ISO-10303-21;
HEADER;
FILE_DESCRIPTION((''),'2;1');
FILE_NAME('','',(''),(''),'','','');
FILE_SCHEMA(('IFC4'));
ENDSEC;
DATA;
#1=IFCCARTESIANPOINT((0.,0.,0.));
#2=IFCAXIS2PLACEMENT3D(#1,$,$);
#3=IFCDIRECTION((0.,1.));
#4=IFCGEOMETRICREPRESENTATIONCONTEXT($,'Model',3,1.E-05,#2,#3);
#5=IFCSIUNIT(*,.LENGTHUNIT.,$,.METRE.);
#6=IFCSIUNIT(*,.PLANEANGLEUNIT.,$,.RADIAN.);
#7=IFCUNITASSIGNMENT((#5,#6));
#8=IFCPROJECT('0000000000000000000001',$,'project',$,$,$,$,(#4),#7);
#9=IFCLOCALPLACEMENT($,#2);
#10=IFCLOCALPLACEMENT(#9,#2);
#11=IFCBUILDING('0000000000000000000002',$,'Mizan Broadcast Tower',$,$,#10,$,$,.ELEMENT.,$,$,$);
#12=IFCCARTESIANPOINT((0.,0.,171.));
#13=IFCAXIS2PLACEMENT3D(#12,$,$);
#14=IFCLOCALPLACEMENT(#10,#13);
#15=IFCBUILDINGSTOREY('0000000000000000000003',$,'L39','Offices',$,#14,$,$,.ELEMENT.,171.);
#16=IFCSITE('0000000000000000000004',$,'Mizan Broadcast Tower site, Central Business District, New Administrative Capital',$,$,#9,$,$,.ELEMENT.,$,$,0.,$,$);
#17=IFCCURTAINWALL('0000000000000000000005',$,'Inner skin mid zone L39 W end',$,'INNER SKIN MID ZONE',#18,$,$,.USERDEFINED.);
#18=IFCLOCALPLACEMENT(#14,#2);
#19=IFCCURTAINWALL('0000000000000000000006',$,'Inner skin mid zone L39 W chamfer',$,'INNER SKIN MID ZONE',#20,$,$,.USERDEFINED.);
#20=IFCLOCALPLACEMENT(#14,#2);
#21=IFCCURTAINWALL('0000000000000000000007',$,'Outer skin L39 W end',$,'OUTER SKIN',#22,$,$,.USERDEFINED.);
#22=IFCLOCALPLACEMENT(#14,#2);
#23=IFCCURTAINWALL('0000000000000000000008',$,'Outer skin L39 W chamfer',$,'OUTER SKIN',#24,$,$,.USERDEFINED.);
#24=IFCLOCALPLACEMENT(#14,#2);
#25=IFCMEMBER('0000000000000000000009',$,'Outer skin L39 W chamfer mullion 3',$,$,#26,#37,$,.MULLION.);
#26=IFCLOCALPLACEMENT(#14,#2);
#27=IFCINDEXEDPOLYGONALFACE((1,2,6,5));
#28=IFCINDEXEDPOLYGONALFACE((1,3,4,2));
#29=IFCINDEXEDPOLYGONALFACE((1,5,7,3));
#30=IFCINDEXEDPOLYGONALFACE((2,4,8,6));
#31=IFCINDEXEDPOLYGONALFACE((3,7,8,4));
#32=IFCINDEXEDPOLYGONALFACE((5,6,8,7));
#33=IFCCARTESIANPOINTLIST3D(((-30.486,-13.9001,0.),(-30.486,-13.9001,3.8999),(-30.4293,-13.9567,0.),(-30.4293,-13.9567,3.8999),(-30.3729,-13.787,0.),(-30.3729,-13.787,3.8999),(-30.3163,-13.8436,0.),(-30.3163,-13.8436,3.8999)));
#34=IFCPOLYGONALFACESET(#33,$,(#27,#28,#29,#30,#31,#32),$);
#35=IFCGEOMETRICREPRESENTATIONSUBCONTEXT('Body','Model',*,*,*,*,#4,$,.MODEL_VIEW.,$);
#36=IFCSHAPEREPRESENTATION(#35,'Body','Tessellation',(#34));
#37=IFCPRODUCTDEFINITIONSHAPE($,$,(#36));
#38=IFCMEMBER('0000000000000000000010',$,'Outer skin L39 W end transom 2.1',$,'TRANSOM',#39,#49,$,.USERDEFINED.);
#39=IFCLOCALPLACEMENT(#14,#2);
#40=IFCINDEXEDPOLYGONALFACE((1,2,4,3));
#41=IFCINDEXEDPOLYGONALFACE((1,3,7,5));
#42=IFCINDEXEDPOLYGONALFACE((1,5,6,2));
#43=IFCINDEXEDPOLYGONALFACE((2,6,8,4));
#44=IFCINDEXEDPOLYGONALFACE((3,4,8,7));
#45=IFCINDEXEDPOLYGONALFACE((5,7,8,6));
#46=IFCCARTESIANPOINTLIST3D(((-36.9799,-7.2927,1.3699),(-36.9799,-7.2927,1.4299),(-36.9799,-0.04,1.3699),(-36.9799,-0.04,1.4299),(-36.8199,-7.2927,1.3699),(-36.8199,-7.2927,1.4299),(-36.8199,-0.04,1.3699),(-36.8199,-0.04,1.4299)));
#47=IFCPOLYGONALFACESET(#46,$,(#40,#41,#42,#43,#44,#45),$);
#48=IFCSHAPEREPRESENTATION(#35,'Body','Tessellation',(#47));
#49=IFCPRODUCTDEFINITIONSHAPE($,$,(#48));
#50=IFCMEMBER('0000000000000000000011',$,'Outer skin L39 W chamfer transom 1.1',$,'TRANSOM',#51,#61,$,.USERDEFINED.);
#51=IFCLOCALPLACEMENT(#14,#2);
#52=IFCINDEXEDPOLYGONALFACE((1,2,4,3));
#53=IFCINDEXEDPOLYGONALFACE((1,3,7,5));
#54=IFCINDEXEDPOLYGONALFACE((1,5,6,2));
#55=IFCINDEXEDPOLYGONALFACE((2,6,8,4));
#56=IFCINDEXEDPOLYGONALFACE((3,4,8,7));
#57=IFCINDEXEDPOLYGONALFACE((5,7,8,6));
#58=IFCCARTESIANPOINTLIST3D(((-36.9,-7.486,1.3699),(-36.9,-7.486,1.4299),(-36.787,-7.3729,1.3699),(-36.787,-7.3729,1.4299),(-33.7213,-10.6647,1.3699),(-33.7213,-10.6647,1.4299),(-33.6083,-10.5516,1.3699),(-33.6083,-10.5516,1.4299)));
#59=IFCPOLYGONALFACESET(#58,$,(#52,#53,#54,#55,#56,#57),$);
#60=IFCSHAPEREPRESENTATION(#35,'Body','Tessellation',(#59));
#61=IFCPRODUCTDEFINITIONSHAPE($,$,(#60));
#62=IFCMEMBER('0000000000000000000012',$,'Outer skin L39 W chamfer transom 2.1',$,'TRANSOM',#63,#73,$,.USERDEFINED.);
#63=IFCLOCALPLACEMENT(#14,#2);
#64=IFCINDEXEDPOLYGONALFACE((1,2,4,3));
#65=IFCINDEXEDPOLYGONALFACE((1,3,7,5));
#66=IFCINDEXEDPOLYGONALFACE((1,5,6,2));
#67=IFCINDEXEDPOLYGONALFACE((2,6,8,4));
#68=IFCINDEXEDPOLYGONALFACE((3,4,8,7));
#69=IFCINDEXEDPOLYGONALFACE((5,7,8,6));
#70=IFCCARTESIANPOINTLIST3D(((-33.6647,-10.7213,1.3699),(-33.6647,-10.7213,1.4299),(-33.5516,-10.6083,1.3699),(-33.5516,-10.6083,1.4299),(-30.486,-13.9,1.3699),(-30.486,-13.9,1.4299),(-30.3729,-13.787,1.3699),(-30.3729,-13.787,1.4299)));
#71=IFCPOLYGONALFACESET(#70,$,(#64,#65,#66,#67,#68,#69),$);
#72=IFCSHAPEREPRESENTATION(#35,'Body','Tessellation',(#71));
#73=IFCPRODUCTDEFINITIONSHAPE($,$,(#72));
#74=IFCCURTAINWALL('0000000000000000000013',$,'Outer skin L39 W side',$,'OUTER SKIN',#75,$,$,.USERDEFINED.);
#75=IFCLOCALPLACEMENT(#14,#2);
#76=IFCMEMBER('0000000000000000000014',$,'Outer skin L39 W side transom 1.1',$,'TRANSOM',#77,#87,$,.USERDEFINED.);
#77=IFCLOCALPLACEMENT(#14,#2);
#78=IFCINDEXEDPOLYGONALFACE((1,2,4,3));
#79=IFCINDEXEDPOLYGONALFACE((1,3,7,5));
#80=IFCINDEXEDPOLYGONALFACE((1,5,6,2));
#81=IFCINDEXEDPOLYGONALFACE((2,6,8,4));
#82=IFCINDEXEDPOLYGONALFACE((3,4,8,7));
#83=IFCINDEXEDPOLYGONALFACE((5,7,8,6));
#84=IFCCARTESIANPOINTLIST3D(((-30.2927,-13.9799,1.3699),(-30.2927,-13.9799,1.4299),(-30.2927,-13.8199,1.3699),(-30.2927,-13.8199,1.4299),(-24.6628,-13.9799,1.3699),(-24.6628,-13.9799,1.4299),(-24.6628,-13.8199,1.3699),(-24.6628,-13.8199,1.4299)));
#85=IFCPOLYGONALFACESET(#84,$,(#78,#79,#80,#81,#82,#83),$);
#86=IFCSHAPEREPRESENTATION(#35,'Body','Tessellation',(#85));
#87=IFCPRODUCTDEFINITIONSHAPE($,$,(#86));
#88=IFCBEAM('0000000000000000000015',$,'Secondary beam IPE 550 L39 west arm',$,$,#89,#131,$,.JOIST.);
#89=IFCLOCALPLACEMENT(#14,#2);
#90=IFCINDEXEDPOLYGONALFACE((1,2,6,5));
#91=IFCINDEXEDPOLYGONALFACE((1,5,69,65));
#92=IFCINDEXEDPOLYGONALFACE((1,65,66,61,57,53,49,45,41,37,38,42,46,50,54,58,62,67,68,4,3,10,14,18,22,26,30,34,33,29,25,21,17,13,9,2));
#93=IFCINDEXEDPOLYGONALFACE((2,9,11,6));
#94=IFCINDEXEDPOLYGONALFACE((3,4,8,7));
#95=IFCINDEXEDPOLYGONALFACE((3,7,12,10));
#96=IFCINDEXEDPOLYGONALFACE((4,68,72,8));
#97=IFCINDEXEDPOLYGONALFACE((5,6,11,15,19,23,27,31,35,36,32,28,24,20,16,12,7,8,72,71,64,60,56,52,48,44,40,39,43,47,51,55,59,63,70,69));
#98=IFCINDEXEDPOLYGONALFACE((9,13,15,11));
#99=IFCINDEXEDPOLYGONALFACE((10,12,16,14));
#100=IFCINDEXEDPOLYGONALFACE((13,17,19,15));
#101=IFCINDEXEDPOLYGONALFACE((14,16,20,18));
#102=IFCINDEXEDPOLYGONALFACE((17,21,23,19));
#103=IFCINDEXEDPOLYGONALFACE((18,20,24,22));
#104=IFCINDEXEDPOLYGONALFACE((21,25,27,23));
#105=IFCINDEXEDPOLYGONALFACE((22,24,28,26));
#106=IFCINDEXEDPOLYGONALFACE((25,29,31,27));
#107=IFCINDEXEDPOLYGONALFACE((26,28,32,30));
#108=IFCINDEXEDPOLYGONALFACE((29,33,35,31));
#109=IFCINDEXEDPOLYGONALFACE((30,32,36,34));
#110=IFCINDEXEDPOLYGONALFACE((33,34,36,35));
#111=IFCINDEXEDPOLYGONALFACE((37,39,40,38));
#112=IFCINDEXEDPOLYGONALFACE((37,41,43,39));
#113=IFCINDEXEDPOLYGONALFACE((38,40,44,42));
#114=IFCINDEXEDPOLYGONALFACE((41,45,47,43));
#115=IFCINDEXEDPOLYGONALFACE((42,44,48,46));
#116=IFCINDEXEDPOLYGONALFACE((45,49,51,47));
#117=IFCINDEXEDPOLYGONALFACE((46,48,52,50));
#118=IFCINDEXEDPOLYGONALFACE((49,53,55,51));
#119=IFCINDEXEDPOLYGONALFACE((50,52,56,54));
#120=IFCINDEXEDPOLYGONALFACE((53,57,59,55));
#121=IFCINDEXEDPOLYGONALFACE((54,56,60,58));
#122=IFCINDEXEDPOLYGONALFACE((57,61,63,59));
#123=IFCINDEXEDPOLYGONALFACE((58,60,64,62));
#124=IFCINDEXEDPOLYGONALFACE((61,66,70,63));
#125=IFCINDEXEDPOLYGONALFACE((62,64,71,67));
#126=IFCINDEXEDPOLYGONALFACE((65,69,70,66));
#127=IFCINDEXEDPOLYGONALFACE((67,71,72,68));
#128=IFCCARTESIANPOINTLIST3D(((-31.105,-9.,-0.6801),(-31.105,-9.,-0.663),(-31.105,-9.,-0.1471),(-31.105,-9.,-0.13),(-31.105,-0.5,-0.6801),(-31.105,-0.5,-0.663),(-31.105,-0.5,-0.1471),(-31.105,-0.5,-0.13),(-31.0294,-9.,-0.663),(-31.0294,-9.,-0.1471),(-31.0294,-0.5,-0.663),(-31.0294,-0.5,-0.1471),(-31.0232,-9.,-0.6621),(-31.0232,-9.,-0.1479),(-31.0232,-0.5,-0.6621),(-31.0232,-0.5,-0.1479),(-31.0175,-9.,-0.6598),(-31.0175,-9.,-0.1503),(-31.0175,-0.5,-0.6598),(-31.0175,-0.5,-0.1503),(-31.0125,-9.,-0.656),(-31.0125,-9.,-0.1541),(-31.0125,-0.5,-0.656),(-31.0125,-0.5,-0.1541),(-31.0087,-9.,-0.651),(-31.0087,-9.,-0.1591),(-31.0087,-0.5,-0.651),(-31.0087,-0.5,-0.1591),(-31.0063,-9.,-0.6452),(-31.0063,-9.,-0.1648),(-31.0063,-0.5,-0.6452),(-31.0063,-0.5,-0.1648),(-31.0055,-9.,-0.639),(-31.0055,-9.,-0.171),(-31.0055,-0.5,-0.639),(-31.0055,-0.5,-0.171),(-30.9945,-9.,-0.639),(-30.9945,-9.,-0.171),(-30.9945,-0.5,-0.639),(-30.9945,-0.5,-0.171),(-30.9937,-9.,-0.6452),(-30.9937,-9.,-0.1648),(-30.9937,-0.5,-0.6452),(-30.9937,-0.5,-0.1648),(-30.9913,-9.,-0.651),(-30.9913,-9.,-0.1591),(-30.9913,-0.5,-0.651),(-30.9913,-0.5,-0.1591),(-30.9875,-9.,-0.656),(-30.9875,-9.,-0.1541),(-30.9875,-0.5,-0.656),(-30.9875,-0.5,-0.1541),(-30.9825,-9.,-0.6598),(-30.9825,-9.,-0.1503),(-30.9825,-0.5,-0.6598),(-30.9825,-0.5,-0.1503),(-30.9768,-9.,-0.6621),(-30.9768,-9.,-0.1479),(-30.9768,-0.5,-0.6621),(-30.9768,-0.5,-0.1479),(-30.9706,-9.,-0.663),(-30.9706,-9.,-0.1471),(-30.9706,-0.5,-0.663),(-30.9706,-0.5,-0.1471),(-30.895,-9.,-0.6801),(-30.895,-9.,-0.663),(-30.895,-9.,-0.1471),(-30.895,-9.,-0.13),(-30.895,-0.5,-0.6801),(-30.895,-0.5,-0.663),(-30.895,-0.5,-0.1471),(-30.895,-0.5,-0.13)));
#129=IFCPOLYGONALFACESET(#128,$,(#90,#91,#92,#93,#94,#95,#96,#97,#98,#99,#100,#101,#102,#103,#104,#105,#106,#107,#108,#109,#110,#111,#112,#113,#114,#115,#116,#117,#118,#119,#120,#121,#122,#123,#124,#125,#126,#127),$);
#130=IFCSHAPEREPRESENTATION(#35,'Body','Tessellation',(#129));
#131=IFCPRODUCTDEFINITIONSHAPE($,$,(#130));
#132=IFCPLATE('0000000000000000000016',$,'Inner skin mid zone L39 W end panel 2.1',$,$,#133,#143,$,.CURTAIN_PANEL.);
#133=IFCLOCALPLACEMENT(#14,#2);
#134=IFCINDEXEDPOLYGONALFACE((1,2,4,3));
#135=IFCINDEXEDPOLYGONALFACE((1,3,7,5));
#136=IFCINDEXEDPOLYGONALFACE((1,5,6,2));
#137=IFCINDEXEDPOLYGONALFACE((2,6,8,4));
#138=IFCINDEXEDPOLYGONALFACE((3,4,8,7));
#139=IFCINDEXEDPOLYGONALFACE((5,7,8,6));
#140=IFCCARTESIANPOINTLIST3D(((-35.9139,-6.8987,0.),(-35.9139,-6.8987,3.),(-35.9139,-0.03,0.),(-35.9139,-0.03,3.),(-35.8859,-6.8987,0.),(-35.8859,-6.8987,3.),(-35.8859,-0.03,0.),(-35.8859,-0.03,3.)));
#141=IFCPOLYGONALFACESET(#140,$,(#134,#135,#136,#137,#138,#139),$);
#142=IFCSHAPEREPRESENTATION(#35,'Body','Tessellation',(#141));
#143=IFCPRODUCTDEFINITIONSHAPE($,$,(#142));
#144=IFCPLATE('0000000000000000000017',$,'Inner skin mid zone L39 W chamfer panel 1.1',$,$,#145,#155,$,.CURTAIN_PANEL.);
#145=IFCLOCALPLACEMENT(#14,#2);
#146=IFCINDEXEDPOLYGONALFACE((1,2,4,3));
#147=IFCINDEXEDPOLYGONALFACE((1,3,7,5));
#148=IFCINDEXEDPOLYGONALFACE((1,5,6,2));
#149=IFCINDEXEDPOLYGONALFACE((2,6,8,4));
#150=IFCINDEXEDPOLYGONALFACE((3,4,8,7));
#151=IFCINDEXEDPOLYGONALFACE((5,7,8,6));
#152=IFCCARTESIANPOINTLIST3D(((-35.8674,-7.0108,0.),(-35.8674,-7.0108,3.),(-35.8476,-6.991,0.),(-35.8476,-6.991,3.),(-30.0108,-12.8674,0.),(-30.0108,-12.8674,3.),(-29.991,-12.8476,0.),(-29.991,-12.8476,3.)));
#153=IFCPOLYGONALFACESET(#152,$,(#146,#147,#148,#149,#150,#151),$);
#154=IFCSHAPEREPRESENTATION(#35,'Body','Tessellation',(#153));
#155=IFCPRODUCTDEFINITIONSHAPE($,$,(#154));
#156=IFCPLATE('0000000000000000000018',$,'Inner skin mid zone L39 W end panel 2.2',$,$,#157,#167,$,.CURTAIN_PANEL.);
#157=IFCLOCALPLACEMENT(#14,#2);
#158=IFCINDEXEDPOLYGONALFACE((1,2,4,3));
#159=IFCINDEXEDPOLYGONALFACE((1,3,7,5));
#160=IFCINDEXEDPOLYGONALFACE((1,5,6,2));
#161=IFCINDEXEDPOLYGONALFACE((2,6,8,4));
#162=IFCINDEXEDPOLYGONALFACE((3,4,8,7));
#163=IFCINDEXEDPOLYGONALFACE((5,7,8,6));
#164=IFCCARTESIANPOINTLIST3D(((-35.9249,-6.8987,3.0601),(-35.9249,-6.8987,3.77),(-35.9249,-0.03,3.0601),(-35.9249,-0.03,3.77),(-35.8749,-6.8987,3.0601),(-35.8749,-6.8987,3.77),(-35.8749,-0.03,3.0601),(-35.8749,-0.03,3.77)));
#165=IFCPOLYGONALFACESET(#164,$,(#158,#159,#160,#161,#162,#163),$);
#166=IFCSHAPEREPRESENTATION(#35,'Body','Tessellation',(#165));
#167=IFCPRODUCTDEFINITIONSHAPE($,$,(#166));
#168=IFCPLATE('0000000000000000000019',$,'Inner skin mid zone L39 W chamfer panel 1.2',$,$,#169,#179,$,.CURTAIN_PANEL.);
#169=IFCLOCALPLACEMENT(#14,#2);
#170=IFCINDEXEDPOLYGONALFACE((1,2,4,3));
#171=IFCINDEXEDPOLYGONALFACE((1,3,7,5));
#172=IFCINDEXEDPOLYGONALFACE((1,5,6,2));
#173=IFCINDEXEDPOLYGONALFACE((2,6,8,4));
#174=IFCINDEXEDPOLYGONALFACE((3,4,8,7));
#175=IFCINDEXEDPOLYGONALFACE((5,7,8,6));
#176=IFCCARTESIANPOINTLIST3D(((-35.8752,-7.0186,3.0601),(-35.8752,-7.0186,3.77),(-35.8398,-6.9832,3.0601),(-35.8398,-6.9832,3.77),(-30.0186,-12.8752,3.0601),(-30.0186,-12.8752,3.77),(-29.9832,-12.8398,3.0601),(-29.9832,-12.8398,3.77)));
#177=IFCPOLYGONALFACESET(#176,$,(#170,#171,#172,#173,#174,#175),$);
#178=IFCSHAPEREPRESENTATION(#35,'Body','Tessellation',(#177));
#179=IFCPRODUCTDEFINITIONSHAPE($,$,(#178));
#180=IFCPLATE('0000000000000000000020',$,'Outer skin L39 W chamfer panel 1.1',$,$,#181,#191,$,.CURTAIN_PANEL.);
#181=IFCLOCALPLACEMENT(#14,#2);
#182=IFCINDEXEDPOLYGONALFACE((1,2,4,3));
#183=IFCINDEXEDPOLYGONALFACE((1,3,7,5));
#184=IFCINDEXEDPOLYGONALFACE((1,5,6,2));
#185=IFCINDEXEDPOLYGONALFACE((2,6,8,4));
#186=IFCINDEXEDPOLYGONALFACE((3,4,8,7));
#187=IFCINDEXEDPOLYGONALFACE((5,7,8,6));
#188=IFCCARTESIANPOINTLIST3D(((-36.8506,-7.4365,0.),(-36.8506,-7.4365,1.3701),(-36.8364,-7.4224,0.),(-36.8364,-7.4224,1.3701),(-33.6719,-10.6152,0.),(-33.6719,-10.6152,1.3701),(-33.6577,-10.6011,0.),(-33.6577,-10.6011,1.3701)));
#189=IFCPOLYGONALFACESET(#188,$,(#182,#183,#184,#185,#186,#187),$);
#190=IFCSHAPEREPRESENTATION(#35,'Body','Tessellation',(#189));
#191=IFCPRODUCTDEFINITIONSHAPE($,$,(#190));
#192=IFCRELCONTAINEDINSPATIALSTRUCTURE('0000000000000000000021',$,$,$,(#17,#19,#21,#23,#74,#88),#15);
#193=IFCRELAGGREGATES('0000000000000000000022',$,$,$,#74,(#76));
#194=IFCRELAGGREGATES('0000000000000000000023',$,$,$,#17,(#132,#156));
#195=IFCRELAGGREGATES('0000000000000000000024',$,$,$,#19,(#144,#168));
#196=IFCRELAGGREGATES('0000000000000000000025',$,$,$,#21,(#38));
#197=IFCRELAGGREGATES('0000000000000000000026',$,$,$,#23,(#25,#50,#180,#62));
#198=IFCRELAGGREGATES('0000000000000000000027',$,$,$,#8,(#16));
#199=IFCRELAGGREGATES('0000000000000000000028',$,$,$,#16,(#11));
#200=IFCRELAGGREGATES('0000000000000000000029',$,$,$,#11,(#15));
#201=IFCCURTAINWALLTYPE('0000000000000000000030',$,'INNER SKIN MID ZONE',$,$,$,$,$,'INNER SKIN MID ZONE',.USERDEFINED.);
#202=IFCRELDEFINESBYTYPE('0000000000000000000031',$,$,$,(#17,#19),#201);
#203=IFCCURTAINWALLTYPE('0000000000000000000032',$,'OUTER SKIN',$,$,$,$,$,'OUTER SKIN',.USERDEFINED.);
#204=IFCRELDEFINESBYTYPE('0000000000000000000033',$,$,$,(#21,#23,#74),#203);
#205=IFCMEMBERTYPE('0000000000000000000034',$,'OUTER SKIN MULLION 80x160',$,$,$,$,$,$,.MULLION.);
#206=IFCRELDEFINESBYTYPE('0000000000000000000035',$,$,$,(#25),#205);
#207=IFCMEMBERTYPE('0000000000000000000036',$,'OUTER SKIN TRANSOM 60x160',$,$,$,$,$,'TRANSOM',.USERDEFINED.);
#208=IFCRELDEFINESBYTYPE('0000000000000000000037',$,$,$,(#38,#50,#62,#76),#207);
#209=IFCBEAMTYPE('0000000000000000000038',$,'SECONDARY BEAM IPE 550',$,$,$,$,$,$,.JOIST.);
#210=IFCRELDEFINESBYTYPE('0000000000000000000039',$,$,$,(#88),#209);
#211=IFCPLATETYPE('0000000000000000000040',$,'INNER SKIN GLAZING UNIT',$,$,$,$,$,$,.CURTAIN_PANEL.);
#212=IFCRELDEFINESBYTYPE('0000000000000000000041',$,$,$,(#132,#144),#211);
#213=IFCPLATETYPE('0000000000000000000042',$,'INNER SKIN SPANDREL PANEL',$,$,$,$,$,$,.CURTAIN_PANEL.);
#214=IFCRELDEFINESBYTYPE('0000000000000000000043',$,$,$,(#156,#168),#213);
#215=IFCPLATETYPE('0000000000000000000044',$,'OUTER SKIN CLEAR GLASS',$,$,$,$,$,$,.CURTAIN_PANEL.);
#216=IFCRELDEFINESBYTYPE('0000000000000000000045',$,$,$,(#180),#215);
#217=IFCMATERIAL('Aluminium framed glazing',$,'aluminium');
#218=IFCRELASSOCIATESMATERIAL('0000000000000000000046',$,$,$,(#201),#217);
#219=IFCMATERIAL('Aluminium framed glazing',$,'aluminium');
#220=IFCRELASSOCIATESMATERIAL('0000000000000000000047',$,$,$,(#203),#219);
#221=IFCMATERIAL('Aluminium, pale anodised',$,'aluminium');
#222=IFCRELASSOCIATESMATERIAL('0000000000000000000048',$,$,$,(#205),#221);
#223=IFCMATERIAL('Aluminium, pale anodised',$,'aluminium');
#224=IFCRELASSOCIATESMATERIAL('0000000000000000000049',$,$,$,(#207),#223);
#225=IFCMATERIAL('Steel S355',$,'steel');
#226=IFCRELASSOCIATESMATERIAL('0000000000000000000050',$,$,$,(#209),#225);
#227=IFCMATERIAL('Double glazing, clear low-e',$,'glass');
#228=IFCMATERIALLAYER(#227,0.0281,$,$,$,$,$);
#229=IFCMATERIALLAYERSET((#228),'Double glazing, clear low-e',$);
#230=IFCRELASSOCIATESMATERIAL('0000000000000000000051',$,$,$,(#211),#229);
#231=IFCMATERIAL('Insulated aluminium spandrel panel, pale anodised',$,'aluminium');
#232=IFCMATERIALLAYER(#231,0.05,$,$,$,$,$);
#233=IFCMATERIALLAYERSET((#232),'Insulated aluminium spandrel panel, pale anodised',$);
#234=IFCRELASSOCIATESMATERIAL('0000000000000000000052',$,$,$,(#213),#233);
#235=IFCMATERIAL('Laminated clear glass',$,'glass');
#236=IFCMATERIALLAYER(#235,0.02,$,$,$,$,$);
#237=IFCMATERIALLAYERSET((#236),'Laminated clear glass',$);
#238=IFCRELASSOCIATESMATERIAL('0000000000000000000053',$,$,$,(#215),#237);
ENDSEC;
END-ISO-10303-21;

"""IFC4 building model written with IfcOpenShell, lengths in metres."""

from ifc_helpers import new_model, si_unit, direction, frame, origin, origin_2d, place, context, subcontext, project, spatial, rectangle, i_section, extrude, material, layer, layer_set, material_profile, profile_set, type_object, element, aggregate, save


model = new_model("IFC4")

# Units and contexts
model_context = context("Model", 3, precision=1e-05, world=origin(), true_north=direction((0.0, 1.0)))
body_context = subcontext(model_context, "Body", "Model", "MODEL_VIEW")
ifc_project = project(units=[si_unit("LENGTHUNIT", "METRE"), si_unit("PLANEANGLEUNIT", "RADIAN")], contexts=[model_context])

# Site, building, storey
site_placement = place(None, origin())
site = spatial("IfcSite", under=ifc_project, at=site_placement, Name="Mizan Broadcast Tower site, Central Business District, New Administrative Capital", CompositionType="ELEMENT", RefElevation=0.0)
building_placement = place(site_placement, origin())
building = spatial("IfcBuilding", under=site, at=building_placement, Name="Mizan Broadcast Tower", CompositionType="ELEMENT")
storey_placement = place(building_placement, frame((0.0, 0.0, 171.0)))
storey = spatial("IfcBuildingStorey", under=building, at=storey_placement, Name="L39", Description="Offices", CompositionType="ELEMENT", Elevation=171.0)

# Curtain wall
ifc_material_1 = material(Name="Aluminium framed glazing", Category="aluminium")
curtain_wall_type_1 = type_object("IfcCurtainWallType", Name="INNER SKIN MID ZONE", ElementType="INNER SKIN MID ZONE", PredefinedType="USERDEFINED", material=ifc_material_1)
curtain_wall_1_placement = place(storey_placement, origin())
curtain_wall_1 = element("IfcCurtainWall", 1, at=curtain_wall_1_placement, inside=storey, type_object=curtain_wall_type_1, Name="Inner skin mid zone L39 W end", ObjectType="INNER SKIN MID ZONE", PredefinedType="USERDEFINED")

# Curtain wall
curtain_wall_2_placement = place(storey_placement, origin())
curtain_wall_2 = element("IfcCurtainWall", 2, at=curtain_wall_2_placement, inside=storey, type_object=curtain_wall_type_1, Name="Inner skin mid zone L39 W chamfer", ObjectType="INNER SKIN MID ZONE", PredefinedType="USERDEFINED")

# Curtain walls, member
ifc_material_2 = material(Name="Aluminium framed glazing", Category="aluminium")
curtain_wall_type_2 = type_object("IfcCurtainWallType", Name="OUTER SKIN", ElementType="OUTER SKIN", PredefinedType="USERDEFINED", material=ifc_material_2)
curtain_wall_3_placement = place(storey_placement, origin())
curtain_wall_3 = element("IfcCurtainWall", 3, at=curtain_wall_3_placement, inside=storey, type_object=curtain_wall_type_2, Name="Outer skin L39 W end", ObjectType="OUTER SKIN", PredefinedType="USERDEFINED")
ifc_material_3 = material(Name="Aluminium, pale anodised", Category="aluminium")
ifc_material_profile_1 = material_profile(ifc_material_3, rectangle(XDim=0.1599, YDim=0.0801, at=origin_2d()), Name="MULLION 160x80")
ifc_profile_set_1 = profile_set([ifc_material_profile_1], Name="Aluminium, pale anodised")
member_type_1 = type_object("IfcMemberType", Name="OUTER SKIN MULLION 80x160", PredefinedType="MULLION", material=ifc_profile_set_1)
curtain_wall_4_placement = place(storey_placement, origin())
curtain_wall_4 = element("IfcCurtainWall", 4, at=curtain_wall_4_placement, inside=storey, type_object=curtain_wall_type_2, Name="Outer skin L39 W chamfer", ObjectType="OUTER SKIN", PredefinedType="USERDEFINED")
member_1_placement = place(storey_placement, frame((-30.4011, -13.8718, 0.0), z_axis=(0.0, 0.0, 1.0), x_axis=(0.707107, 0.707107, 0.0)))
member_1 = element("IfcMember", 5, at=member_1_placement, type_object=member_type_1, Name="Outer skin L39 W chamfer mullion 3", PredefinedType="MULLION", context=body_context, shape_type="SweptSolid", body=[
    extrude(rectangle(XDim=0.1599, YDim=0.0801, at=origin_2d()), origin(), (0.0, 0.0, 1.0), 3.8999),
])

# Members
ifc_material_4 = material(Name="Aluminium, pale anodised", Category="aluminium")
ifc_material_profile_2 = material_profile(ifc_material_4, rectangle(XDim=0.1599, YDim=0.0601, at=origin_2d()), Name="TRANSOM 160x60")
ifc_profile_set_2 = profile_set([ifc_material_profile_2], Name="Aluminium, pale anodised")
member_type_2 = type_object("IfcMemberType", Name="OUTER SKIN TRANSOM 60x160", ElementType="TRANSOM", PredefinedType="USERDEFINED", material=ifc_profile_set_2)
member_2_placement = place(storey_placement, frame((-36.8999, -0.04, 1.3999), z_axis=(0.0, -1.0, 0.0), x_axis=(1.0, 0.0, 0.0)))
member_2 = element("IfcMember", 6, at=member_2_placement, type_object=member_type_2, Name="Outer skin L39 W end transom 2.1", ObjectType="TRANSOM", PredefinedType="USERDEFINED", context=body_context, shape_type="SweptSolid", body=[
    extrude(rectangle(XDim=0.1599, YDim=0.0601, at=origin_2d()), origin(), (0.0, 0.0, 1.0), 7.2527),
])
member_3_placement = place(storey_placement, frame((-36.8435, -7.4294, 1.3999), z_axis=(0.707107, -0.707107, 0.0), x_axis=(0.707107, 0.707107, 0.0)))
member_3 = element("IfcMember", 7, at=member_3_placement, type_object=member_type_2, Name="Outer skin L39 W chamfer transom 1.1", ObjectType="TRANSOM", PredefinedType="USERDEFINED", context=body_context, shape_type="SweptSolid", body=[
    extrude(rectangle(XDim=0.1599, YDim=0.0601, at=origin_2d()), origin(), (0.0, 0.0, 1.0), 4.4954),
])
member_4_placement = place(storey_placement, frame((-33.6082, -10.6648, 1.3999), z_axis=(0.707107, -0.707107, 0.0), x_axis=(0.707107, 0.707107, 0.0)))
member_4 = element("IfcMember", 8, at=member_4_placement, type_object=member_type_2, Name="Outer skin L39 W chamfer transom 2.1", ObjectType="TRANSOM", PredefinedType="USERDEFINED", context=body_context, shape_type="SweptSolid", body=[
    extrude(rectangle(XDim=0.1599, YDim=0.0601, at=origin_2d()), origin(), (0.0, 0.0, 1.0), 4.4954),
])

# Curtain wall, member
curtain_wall_5_placement = place(storey_placement, origin())
curtain_wall_5 = element("IfcCurtainWall", 9, at=curtain_wall_5_placement, inside=storey, type_object=curtain_wall_type_2, Name="Outer skin L39 W side", ObjectType="OUTER SKIN", PredefinedType="USERDEFINED")
member_5_placement = place(storey_placement, frame((-30.2927, -13.8999, 1.3999), z_axis=(1.0, 0.0, 0.0), x_axis=(0.0, 1.0, 0.0)))
member_5 = element("IfcMember", 10, at=member_5_placement, type_object=member_type_2, Name="Outer skin L39 W side transom 1.1", ObjectType="TRANSOM", PredefinedType="USERDEFINED", context=body_context, shape_type="SweptSolid", body=[
    extrude(rectangle(XDim=0.1599, YDim=0.0601, at=origin_2d()), origin(), (0.0, 0.0, 1.0), 5.6299),
])
aggregate(curtain_wall_5, [member_5])

# Beam
ifc_material_5 = material(Name="Steel S355", Category="steel")
ifc_material_profile_3 = material_profile(ifc_material_5, i_section(OverallWidth=0.21, OverallDepth=0.55, WebThickness=0.011, FlangeThickness=0.0171, FilletRadius=0.0239, at=origin_2d()), Name="IPE 550")
ifc_profile_set_3 = profile_set([ifc_material_profile_3], Name="Steel S355")
beam_type_1 = type_object("IfcBeamType", Name="SECONDARY BEAM IPE 550", PredefinedType="JOIST", material=ifc_profile_set_3)
beam_1_placement = place(storey_placement, frame((-31.0, -9.0, -0.405), z_axis=(0.0, 1.0, 0.0), x_axis=(-1.0, 0.0, 0.0)))
element("IfcBeam", 11, at=beam_1_placement, inside=storey, type_object=beam_type_1, Name="Secondary beam IPE 550 L39 west arm", PredefinedType="JOIST", context=body_context, shape_type="SweptSolid", body=[
    extrude(i_section(OverallWidth=0.21, OverallDepth=0.55, WebThickness=0.011, FlangeThickness=0.0171, FilletRadius=0.0239, at=origin_2d()), origin(), (0.0, 0.0, 1.0), 8.5),
])

# Plates
ifc_material_6 = material(Name="Double glazing, clear low-e", Category="glass")
ifc_layer_1 = layer(ifc_material_6, 0.0281)
ifc_layer_set_1 = layer_set([ifc_layer_1], Name="Double glazing, clear low-e")
plate_type_1 = type_object("IfcPlateType", Name="INNER SKIN GLAZING UNIT", PredefinedType="CURTAIN_PANEL", material=ifc_layer_set_1)
plate_1_placement = place(storey_placement, frame((-35.8999, -3.4644, 0.0), z_axis=(0.0, 0.0, 1.0), x_axis=(0.0, -1.0, 0.0)))
plate_1 = element("IfcPlate", 12, at=plate_1_placement, type_object=plate_type_1, Name="Inner skin mid zone L39 W end panel 2.1", PredefinedType="CURTAIN_PANEL", context=body_context, shape_type="SweptSolid", body=[
    extrude(rectangle(XDim=6.8687, YDim=0.0281, at=origin_2d()), origin(), (0.0, 0.0, 1.0), 3.0),
])
plate_2_placement = place(storey_placement, frame((-32.9292, -9.9292, 0.0), z_axis=(0.0, 0.0, 1.0), x_axis=(0.707107, -0.707107, 0.0)))
plate_2 = element("IfcPlate", 13, at=plate_2_placement, type_object=plate_type_1, Name="Inner skin mid zone L39 W chamfer panel 1.1", PredefinedType="CURTAIN_PANEL", context=body_context, shape_type="SweptSolid", body=[
    extrude(rectangle(XDim=8.2825, YDim=0.0281, at=origin_2d()), origin(), (0.0, 0.0, 1.0), 3.0),
])
ifc_material_7 = material(Name="Insulated aluminium spandrel panel, pale anodised", Category="aluminium")
ifc_layer_2 = layer(ifc_material_7, 0.05)
ifc_layer_set_2 = layer_set([ifc_layer_2], Name="Insulated aluminium spandrel panel, pale anodised")
plate_type_2 = type_object("IfcPlateType", Name="INNER SKIN SPANDREL PANEL", PredefinedType="CURTAIN_PANEL", material=ifc_layer_set_2)
plate_3_placement = place(storey_placement, frame((-35.8999, -3.4644, 3.0601), z_axis=(0.0, 0.0, 1.0), x_axis=(0.0, -1.0, 0.0)))
plate_3 = element("IfcPlate", 14, at=plate_3_placement, type_object=plate_type_2, Name="Inner skin mid zone L39 W end panel 2.2", PredefinedType="CURTAIN_PANEL", context=body_context, shape_type="SweptSolid", body=[
    extrude(rectangle(XDim=6.8687, YDim=0.05, at=origin_2d()), origin(), (0.0, 0.0, 1.0), 0.71),
])
aggregate(curtain_wall_1, [plate_1, plate_3])
plate_4_placement = place(storey_placement, frame((-32.9292, -9.9292, 3.0601), z_axis=(0.0, 0.0, 1.0), x_axis=(0.707107, -0.707107, 0.0)))
plate_4 = element("IfcPlate", 15, at=plate_4_placement, type_object=plate_type_2, Name="Inner skin mid zone L39 W chamfer panel 1.2", PredefinedType="CURTAIN_PANEL", context=body_context, shape_type="SweptSolid", body=[
    extrude(rectangle(XDim=8.2825, YDim=0.05, at=origin_2d()), origin(), (0.0, 0.0, 1.0), 0.71),
])
aggregate(curtain_wall_2, [plate_2, plate_4])
ifc_material_8 = material(Name="Laminated clear glass", Category="glass")
ifc_layer_3 = layer(ifc_material_8, 0.02)
ifc_layer_set_3 = layer_set([ifc_layer_3], Name="Laminated clear glass")
plate_type_3 = type_object("IfcPlateType", Name="OUTER SKIN CLEAR GLASS", PredefinedType="CURTAIN_PANEL", material=ifc_layer_set_3)
plate_5_placement = place(storey_placement, frame((-35.2542, -9.0188, 0.0), z_axis=(0.0, 0.0, 1.0), x_axis=(0.707107, -0.707107, 0.0)))
plate_5 = element("IfcPlate", 16, at=plate_5_placement, type_object=plate_type_3, Name="Outer skin L39 W chamfer panel 1.1", PredefinedType="CURTAIN_PANEL", context=body_context, shape_type="SweptSolid", body=[
    extrude(rectangle(XDim=4.4954, YDim=0.02, at=origin_2d()), origin(), (0.0, 0.0, 1.0), 1.3701),
])
aggregate(curtain_wall_3, [member_2])
aggregate(curtain_wall_4, [member_1, member_3, plate_5, member_4])

save(model, "model.ifc")
